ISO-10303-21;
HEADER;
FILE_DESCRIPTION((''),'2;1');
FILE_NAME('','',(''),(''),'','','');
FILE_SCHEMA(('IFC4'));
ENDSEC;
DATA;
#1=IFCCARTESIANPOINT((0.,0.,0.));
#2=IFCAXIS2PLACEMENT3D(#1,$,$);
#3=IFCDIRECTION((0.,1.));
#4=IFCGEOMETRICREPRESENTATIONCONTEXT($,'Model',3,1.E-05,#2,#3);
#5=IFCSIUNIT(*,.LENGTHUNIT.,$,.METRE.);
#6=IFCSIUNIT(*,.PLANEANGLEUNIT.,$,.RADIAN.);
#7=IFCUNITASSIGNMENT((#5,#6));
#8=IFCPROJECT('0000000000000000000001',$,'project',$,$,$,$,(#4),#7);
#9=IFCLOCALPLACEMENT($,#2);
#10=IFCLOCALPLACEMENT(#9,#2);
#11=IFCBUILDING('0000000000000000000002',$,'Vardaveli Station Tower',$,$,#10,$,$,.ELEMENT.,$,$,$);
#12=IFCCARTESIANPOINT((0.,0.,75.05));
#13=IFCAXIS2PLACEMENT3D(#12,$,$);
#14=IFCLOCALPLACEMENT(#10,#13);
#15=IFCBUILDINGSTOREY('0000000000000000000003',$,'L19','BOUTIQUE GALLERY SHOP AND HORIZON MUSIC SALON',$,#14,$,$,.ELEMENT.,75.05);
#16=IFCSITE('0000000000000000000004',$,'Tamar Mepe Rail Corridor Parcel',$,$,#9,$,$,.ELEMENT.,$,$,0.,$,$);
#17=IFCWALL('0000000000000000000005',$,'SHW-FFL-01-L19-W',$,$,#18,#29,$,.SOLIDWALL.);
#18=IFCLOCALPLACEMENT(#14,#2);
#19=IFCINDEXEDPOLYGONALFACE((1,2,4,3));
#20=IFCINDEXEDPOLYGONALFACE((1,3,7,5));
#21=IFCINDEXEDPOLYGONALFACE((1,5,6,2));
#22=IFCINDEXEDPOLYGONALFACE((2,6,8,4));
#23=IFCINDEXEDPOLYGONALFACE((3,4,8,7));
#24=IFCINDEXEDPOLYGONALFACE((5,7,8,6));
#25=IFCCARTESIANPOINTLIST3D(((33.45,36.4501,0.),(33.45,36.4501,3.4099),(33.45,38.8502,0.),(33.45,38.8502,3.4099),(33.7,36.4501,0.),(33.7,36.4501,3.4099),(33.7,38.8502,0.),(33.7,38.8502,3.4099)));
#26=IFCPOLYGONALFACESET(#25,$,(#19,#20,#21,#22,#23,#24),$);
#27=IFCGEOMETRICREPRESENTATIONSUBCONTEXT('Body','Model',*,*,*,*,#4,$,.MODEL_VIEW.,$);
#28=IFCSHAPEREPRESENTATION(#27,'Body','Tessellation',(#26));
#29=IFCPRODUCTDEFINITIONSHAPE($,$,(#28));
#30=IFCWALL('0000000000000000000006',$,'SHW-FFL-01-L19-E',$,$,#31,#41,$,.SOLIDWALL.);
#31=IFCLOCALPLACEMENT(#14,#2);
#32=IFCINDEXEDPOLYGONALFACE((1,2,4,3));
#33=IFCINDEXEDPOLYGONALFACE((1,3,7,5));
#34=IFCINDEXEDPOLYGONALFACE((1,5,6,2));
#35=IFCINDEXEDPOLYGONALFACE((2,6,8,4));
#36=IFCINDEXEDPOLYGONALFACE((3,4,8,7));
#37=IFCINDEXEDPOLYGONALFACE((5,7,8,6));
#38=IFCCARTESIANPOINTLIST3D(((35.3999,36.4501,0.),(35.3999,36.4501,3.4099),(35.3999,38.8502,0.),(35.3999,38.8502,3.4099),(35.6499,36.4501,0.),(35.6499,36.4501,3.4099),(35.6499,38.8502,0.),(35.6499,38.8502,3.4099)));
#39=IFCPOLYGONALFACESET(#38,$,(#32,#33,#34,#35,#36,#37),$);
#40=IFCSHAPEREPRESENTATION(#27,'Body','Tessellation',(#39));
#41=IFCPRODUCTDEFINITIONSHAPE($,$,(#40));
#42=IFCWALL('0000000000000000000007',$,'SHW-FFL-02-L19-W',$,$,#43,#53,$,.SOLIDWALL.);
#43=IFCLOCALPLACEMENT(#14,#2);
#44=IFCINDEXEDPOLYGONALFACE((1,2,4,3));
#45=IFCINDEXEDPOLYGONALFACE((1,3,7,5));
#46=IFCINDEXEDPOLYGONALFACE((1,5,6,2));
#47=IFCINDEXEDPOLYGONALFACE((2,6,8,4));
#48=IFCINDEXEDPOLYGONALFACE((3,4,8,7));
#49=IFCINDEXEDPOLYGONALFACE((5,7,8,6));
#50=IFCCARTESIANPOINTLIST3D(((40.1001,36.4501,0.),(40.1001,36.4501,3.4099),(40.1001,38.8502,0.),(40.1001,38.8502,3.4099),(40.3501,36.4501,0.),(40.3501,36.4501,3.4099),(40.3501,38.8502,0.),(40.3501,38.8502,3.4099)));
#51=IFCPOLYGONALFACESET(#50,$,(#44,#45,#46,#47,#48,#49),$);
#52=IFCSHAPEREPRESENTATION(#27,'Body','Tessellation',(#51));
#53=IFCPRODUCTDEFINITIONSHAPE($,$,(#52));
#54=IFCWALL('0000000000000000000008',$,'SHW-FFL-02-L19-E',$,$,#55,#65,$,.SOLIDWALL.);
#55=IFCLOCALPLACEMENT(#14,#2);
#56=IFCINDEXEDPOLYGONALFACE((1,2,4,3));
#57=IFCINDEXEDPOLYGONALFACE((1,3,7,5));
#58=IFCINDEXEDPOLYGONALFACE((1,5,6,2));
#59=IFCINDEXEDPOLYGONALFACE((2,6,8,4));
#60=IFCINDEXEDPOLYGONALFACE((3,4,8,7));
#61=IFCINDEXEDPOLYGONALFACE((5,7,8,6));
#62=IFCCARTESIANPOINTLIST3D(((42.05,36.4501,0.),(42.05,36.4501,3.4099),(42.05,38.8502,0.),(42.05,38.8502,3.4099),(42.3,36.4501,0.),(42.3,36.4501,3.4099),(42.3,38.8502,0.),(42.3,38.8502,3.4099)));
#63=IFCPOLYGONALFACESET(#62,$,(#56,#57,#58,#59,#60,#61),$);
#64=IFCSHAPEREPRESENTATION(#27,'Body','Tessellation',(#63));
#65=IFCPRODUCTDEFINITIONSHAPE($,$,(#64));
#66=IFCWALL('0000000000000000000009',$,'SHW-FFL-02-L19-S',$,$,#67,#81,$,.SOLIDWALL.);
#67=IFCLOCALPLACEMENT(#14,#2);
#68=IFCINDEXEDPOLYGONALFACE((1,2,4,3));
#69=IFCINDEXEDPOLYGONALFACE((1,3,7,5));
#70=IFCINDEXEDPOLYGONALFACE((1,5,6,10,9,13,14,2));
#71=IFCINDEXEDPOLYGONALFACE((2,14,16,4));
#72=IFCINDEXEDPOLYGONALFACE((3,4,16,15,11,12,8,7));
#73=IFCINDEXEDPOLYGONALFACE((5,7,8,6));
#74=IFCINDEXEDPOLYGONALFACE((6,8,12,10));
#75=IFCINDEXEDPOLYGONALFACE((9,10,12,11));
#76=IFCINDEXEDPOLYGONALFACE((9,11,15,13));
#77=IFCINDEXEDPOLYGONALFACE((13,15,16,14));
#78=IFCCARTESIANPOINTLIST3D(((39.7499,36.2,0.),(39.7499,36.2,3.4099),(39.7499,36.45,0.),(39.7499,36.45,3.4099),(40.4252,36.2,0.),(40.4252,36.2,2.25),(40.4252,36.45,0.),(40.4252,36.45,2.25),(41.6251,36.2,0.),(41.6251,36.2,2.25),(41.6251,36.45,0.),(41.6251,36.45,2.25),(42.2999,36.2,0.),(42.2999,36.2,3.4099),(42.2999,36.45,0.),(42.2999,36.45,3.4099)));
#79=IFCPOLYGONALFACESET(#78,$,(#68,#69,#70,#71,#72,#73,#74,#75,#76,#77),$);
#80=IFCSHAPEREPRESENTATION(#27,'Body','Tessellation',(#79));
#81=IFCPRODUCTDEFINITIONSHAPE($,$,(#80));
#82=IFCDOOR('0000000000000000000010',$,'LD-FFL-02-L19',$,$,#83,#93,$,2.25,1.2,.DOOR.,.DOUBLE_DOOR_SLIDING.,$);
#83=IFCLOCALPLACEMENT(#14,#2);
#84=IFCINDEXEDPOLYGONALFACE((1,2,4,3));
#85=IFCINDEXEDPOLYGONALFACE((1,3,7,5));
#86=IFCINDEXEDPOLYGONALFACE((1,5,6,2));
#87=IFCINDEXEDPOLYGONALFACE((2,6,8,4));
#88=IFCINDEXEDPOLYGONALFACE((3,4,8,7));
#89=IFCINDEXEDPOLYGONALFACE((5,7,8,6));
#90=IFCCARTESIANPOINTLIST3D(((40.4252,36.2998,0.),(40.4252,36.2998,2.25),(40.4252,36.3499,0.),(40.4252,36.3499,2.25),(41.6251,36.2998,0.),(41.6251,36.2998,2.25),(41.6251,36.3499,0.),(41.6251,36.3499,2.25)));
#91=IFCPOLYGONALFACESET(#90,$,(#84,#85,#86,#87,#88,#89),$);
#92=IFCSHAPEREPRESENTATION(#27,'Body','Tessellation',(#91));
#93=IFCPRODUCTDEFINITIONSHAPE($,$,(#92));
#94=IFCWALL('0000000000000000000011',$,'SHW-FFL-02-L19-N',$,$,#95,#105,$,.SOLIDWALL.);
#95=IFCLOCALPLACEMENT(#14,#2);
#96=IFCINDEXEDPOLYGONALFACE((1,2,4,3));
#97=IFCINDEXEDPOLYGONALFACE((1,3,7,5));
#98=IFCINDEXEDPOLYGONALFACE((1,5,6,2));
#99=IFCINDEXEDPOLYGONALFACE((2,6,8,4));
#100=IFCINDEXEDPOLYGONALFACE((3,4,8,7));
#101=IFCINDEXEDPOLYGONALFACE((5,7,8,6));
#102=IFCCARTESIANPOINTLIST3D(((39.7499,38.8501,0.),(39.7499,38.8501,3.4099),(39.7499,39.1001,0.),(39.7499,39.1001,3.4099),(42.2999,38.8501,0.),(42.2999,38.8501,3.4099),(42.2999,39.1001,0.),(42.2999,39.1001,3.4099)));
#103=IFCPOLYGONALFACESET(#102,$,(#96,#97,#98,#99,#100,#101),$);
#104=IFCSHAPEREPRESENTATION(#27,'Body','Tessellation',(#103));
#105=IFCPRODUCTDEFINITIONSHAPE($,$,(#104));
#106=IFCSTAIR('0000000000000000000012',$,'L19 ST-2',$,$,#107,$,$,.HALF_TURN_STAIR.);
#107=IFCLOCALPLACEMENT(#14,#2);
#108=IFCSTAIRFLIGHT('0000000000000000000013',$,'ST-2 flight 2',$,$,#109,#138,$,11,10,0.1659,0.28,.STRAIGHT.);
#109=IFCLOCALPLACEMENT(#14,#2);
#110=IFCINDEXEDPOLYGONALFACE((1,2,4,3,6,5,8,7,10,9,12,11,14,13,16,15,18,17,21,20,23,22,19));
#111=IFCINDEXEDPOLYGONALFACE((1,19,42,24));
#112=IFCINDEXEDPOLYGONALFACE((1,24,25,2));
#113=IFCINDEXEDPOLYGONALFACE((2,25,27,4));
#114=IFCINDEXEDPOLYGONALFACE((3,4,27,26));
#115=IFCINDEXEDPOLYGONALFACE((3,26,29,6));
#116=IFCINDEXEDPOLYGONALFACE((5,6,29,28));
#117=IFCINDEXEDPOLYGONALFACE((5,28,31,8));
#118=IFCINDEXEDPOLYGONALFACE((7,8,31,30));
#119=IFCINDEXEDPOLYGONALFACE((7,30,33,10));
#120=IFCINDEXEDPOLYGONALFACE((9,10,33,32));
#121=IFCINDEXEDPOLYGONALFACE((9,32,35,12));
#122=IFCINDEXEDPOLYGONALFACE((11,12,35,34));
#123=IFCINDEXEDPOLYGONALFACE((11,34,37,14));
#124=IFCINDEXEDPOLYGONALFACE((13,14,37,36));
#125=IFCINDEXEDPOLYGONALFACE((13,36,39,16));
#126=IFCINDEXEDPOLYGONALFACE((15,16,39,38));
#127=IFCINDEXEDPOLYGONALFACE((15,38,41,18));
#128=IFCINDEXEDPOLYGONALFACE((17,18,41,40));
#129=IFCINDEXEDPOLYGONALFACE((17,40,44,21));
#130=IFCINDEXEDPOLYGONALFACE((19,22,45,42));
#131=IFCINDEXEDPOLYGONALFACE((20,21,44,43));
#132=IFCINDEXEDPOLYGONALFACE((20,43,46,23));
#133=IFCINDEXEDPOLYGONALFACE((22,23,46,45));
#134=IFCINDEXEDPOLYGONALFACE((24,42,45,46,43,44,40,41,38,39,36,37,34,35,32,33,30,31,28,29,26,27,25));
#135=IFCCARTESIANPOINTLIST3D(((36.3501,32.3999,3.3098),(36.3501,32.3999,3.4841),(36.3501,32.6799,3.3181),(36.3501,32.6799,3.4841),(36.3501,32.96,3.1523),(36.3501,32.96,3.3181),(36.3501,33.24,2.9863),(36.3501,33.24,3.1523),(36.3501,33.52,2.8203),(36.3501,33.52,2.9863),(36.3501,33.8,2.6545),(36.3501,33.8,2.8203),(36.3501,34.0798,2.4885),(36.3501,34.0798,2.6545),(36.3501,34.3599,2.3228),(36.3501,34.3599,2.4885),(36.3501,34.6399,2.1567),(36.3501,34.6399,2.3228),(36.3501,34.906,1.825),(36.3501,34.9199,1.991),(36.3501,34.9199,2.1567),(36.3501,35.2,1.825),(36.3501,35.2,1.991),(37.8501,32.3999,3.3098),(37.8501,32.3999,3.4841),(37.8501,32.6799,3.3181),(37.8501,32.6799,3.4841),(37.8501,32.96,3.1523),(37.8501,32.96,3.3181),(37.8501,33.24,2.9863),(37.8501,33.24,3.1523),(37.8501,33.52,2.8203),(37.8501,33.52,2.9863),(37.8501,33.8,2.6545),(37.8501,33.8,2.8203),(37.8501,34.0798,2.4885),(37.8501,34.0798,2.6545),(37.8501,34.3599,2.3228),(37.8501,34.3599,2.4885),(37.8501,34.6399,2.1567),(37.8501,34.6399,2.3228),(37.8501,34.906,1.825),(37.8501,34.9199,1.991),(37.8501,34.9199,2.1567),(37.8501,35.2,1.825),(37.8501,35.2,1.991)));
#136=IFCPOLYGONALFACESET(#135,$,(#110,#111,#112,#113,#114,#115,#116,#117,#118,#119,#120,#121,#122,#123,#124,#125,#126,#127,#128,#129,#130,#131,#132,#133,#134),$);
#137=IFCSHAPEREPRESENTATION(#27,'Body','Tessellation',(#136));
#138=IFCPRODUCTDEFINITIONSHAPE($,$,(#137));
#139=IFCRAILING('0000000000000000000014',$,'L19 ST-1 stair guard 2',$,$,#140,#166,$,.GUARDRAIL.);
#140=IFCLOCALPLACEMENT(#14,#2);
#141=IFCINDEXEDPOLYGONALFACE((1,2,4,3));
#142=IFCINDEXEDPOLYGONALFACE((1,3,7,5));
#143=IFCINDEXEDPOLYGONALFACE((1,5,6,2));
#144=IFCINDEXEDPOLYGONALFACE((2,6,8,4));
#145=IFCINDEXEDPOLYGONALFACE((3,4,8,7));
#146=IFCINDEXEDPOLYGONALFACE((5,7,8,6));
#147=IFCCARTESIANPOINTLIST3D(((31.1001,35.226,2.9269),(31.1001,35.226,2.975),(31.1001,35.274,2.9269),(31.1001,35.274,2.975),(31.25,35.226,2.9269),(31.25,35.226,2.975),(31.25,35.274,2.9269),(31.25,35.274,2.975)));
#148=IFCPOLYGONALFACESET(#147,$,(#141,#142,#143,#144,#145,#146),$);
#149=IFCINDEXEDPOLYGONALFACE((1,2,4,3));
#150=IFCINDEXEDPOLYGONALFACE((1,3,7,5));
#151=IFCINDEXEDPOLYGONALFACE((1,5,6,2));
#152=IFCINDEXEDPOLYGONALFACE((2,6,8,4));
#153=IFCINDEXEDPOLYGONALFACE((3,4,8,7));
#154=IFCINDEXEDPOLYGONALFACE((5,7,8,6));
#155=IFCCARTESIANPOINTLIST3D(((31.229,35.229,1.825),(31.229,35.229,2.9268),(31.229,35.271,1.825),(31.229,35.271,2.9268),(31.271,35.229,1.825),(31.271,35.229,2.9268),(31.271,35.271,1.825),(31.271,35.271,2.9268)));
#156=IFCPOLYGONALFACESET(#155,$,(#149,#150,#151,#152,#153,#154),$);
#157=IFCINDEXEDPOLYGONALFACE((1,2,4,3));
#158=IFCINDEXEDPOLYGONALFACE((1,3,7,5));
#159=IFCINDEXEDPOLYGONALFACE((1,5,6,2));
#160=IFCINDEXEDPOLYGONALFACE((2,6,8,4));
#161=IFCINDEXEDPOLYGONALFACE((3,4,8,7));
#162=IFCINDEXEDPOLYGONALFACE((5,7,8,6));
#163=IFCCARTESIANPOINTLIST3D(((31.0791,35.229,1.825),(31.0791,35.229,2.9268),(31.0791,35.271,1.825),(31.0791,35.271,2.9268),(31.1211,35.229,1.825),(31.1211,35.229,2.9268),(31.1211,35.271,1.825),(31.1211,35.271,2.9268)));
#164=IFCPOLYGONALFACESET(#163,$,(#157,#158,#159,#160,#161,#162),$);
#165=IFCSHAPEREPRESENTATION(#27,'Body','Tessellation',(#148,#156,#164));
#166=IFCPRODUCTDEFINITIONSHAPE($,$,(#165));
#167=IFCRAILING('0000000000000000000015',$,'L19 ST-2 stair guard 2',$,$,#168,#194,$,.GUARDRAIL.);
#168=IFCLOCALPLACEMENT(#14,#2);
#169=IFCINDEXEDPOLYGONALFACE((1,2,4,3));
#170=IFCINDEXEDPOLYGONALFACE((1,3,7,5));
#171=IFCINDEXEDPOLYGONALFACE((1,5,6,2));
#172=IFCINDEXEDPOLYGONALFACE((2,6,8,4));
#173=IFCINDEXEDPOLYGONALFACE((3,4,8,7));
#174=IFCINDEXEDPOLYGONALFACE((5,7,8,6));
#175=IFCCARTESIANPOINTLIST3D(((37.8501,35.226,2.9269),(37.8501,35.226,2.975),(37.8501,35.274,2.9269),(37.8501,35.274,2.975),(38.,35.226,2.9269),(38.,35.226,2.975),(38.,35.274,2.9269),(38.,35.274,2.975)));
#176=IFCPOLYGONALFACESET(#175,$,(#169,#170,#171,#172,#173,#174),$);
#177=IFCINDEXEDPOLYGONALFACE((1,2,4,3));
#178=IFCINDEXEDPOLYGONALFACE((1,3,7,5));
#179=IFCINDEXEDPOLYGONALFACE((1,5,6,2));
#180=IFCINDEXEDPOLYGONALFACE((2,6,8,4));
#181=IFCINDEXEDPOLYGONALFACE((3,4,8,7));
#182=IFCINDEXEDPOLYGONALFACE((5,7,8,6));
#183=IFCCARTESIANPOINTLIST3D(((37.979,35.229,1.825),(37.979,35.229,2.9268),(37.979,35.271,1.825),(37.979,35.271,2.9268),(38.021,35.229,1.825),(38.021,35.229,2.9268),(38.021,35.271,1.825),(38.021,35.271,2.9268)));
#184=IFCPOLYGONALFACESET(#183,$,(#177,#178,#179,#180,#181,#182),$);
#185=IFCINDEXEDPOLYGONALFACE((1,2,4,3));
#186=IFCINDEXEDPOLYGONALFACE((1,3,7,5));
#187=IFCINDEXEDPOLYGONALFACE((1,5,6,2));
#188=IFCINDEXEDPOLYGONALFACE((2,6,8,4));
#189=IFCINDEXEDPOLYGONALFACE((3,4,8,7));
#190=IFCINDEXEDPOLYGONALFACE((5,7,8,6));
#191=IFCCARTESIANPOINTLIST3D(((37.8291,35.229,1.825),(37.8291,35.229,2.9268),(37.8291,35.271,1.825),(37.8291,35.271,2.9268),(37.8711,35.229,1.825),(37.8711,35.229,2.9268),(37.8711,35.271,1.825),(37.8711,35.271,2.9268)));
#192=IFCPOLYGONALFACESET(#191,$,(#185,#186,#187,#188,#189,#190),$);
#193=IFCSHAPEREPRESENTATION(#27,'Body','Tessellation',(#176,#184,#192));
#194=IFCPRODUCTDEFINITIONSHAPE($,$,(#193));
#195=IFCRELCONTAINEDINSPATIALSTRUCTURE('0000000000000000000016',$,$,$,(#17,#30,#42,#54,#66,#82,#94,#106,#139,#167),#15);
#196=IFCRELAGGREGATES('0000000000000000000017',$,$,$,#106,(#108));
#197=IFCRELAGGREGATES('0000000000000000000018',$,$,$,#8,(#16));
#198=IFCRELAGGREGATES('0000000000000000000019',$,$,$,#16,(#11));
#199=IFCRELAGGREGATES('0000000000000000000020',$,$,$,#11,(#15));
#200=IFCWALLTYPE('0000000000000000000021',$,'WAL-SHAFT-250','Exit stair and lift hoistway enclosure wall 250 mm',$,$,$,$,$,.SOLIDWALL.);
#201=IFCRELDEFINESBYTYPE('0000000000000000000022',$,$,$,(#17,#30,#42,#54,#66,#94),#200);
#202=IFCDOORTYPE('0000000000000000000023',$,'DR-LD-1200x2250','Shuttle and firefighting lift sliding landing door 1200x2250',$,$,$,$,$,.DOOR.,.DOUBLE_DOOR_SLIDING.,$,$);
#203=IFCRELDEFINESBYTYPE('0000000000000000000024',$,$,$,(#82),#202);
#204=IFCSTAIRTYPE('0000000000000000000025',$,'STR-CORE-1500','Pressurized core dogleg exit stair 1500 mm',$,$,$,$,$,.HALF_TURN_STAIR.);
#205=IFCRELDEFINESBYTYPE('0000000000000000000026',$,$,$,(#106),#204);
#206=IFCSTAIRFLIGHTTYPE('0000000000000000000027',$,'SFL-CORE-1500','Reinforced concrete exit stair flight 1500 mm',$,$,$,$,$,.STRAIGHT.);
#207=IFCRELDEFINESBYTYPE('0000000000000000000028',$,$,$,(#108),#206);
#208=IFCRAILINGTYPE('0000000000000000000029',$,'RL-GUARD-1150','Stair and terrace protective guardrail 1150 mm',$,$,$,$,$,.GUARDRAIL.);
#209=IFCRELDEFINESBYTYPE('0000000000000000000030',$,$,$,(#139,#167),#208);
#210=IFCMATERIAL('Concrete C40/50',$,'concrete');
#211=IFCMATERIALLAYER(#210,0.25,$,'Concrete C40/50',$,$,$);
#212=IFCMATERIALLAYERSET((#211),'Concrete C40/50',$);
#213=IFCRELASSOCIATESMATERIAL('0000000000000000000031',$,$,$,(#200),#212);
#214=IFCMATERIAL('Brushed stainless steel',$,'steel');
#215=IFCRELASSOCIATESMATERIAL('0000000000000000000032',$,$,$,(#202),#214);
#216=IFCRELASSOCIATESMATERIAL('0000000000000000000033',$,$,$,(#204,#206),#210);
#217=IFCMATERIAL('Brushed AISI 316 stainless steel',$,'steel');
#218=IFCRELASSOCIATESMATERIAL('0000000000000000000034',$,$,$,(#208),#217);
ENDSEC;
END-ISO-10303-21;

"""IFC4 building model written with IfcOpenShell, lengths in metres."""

from ifc_helpers import new_model, si_unit, direction, frame, frame_2d, origin, origin_2d, place, context, subcontext, project, spatial, polyline, rectangle, outline, extrude, source, transform, mapped, material, layer, layer_set, type_object, element, fill, aggregate, save


model = new_model("IFC4")

# Units and contexts
model_context = context("Model", 3, precision=1e-05, world=origin(), true_north=direction((0.0, 1.0)))
body_context = subcontext(model_context, "Body", "Model", "MODEL_VIEW")
ifc_project = project(units=[si_unit("LENGTHUNIT", "METRE"), si_unit("PLANEANGLEUNIT", "RADIAN")], contexts=[model_context])

# Site, building, storey
site_placement = place(None, origin())
site = spatial("IfcSite", under=ifc_project, at=site_placement, Name="Tamar Mepe Rail Corridor Parcel", CompositionType="ELEMENT", RefElevation=0.0)
building_placement = place(site_placement, origin())
building = spatial("IfcBuilding", under=site, at=building_placement, Name="Vardaveli Station Tower", CompositionType="ELEMENT")
storey_placement = place(building_placement, frame((0.0, 0.0, 75.05)))
storey = spatial("IfcBuildingStorey", under=building, at=storey_placement, Name="L19", Description="BOUTIQUE GALLERY SHOP AND HORIZON MUSIC SALON", CompositionType="ELEMENT", Elevation=75.05)

# Shared definitions
ifc_material_1 = material(Name="Concrete C40/50", Category="concrete")
ifc_layer_1 = layer(ifc_material_1, 0.25, Name="Concrete C40/50")
ifc_layer_set_1 = layer_set([ifc_layer_1], Name="Concrete C40/50")
wall_type_1 = type_object("IfcWallType", Name="WAL-SHAFT-250", Description="Exit stair and lift hoistway enclosure wall 250 mm", PredefinedType="SOLIDWALL", material=ifc_layer_set_1)

# Shared definitions
shared_shape_1 = source(origin(), body_context, "Body", "SweptSolid", [
    extrude(rectangle(XDim=1.2, YDim=2.25, at=frame_2d((0.6001, 1.125))), frame((0.0, 0.135, 0.0), z_axis=(0.0, -1.0, 0.0), x_axis=(1.0, 0.0, 0.0)), (0.0, 0.0, 1.0), 0.27),
])
ifc_material_2 = material(Name="Brushed stainless steel", Category="steel")
door_type = type_object("IfcDoorType", Name="DR-LD-1200x2250", Description="Shuttle and firefighting lift sliding landing door 1200x2250", OperationType="DOUBLE_DOOR_SLIDING", PredefinedType="DOOR", material=ifc_material_2)
shared_shape_2 = source(origin(), body_context, "Body", "SweptSolid", [
    extrude(rectangle(XDim=1.2, YDim=2.25, at=frame_2d((0.6001, 1.125))), frame((0.0, 0.0249, 0.0), z_axis=(0.0, -1.0, 0.0), x_axis=(1.0, 0.0, 0.0)), (0.0, 0.0, 1.0), 0.05),
])

# Walls
shared_shape_3 = source(origin(), body_context, "Body", "SweptSolid", [
    extrude(rectangle(XDim=2.4001, YDim=0.25, at=frame_2d((1.2002, 0.0))), origin(), (0.0, 0.0, 1.0), 3.4099),
])
for number, where, z_axis, x_axis, name in (
    (1, (33.575, 36.45, 0.0), (0.0, 0.0, 1.0), (0.0, 1.0, 0.0), "SHW-FFL-01-L19-W"),
    (2, (35.5249, 36.45, 0.0), (0.0, 0.0, 1.0), (0.0, 1.0, 0.0), "SHW-FFL-01-L19-E"),
    (3, (40.2251, 36.45, 0.0), (0.0, 0.0, 1.0), (0.0, 1.0, 0.0), "SHW-FFL-02-L19-W"),
    (4, (42.175, 36.45, 0.0), (0.0, 0.0, 1.0), (0.0, 1.0, 0.0), "SHW-FFL-02-L19-E"),
):
    element("IfcWall", number, at=place(storey_placement, frame(where, z_axis=z_axis, x_axis=x_axis)), inside=storey, type_object=wall_type_1, Name=name, PredefinedType="SOLIDWALL", context=body_context, shape_type="MappedRepresentation", body=[
        mapped(shared_shape_3, transform((0.0, 0.0, 0.0), scale=1.0)),
    ])

# Wall, opening, door
shared_shape_4 = source(origin(), body_context, "Body", "SweptSolid", [
    extrude(rectangle(XDim=2.55, YDim=0.25, at=frame_2d((1.2749, 0.0))), origin(), (0.0, 0.0, 1.0), 3.4099),
])
wall_1_placement = place(storey_placement, frame((39.75, 36.325, 0.0), z_axis=(0.0, 0.0, 1.0), x_axis=(1.0, 0.0, 0.0)))
wall_1 = element("IfcWall", 5, at=wall_1_placement, inside=storey, type_object=wall_type_1, Name="SHW-FFL-02-L19-S", PredefinedType="SOLIDWALL", context=body_context, shape_type="MappedRepresentation", body=[
    mapped(shared_shape_4, transform((0.0, 0.0, 0.0), scale=1.0)),
])
opening_1_placement = place(wall_1_placement, frame((0.675, 0.0, 0.0)))
opening_1 = element("IfcOpeningElement", 6, at=opening_1_placement, cuts=wall_1, PredefinedType="OPENING", context=body_context, shape_type="MappedRepresentation", body=[
    mapped(shared_shape_1, transform((0.0, 0.0, 0.0), scale=1.0)),
])
door_1_placement = place(opening_1_placement, origin())
door_1 = element("IfcDoor", 7, at=door_1_placement, inside=storey, type_object=door_type, Name="LD-FFL-02-L19", OperationType="DOUBLE_DOOR_SLIDING", OverallHeight=2.25, OverallWidth=1.2, PredefinedType="DOOR", context=body_context, shape_type="MappedRepresentation", body=[
    mapped(shared_shape_2, transform((0.0, 0.0, 0.0), scale=1.0)),
])
fill(opening_1, door_1)

# Wall
wall_2_placement = place(storey_placement, frame((39.75, 38.9751, 0.0), z_axis=(0.0, 0.0, 1.0), x_axis=(1.0, 0.0, 0.0)))
element("IfcWall", 8, at=wall_2_placement, inside=storey, type_object=wall_type_1, Name="SHW-FFL-02-L19-N", PredefinedType="SOLIDWALL", context=body_context, shape_type="MappedRepresentation", body=[
    mapped(shared_shape_4, transform((0.0, 0.0, 0.0), scale=1.0)),
])

# Stair, stair flight
stair_type = type_object("IfcStairType", Name="STR-CORE-1500", Description="Pressurized core dogleg exit stair 1500 mm", PredefinedType="HALF_TURN_STAIR", material=ifc_material_1)
stair_placement = place(storey_placement, origin())
stair = element("IfcStair", 9, at=stair_placement, inside=storey, type_object=stair_type, Name="L19 ST-2", PredefinedType="HALF_TURN_STAIR")
stair_flight_type = type_object("IfcStairFlightType", Name="SFL-CORE-1500", Description="Reinforced concrete exit stair flight 1500 mm", PredefinedType="STRAIGHT", material=ifc_material_1)
shared_shape_5 = source(origin(), body_context, "Body", "SweptSolid", [
    extrude(outline(polyline([(0.0, 0.0), (0.0, 0.166), (0.28, 0.166), (0.28, 0.3318), (0.5601, 0.3318), (0.5601, 0.4978), (0.8401, 0.4978), (0.8401, 0.6636), (1.1201, 0.6636), (1.1201, 0.8296), (1.3999, 0.8296), (1.3999, 0.9954), (1.6799, 0.9954), (1.6799, 1.1614), (1.96, 1.1614), (1.96, 1.3274), (2.24, 1.3274), (2.24, 1.4932), (2.52, 1.4932), (2.52, 1.6592), (2.8, 1.6592), (2.8, 1.825), (2.8, 1.4849), (0.2939, 0.0), (0.0, 0.0)])), frame((0.0, 0.75, 0.0), z_axis=(0.0, -1.0, 0.0), x_axis=(1.0, 0.0, 0.0)), (0.0, 0.0, 1.0), 1.5),
])
stair_flight_placement = place(storey_placement, frame((37.1001, 35.2, 1.825), z_axis=(0.0, 0.0, 1.0), x_axis=(0.0, -1.0, 0.0)))
stair_flight = element("IfcStairFlight", 10, at=stair_flight_placement, type_object=stair_flight_type, Name="ST-2 flight 2", NumberOfRisers=11, NumberOfTreads=10, PredefinedType="STRAIGHT", RiserHeight=0.1659, TreadLength=0.28, context=body_context, shape_type="MappedRepresentation", body=[
    mapped(shared_shape_5, transform((0.0, 0.0, 0.0), scale=1.0)),
])
aggregate(stair, [stair_flight])

# Railings
ifc_material_3 = material(Name="Brushed AISI 316 stainless steel", Category="steel")
railing_type_1 = type_object("IfcRailingType", Name="RL-GUARD-1150", Description="Stair and terrace protective guardrail 1150 mm", PredefinedType="GUARDRAIL", material=ifc_material_3)
shared_shape_6 = source(origin(), body_context, "Body", "SweptSolid", [
    extrude(rectangle(XDim=0.0481, YDim=0.0481, at=origin_2d()), frame((0.0, 0.0, 1.126), z_axis=(-1.0, 0.0, 0.0), x_axis=(0.0, -1.0, 0.0)), (0.0, 0.0, 1.0), 0.1499),
    extrude(rectangle(XDim=0.042, YDim=0.042, at=origin_2d()), origin(), (0.0, 0.0, 1.0), 1.1018),
    extrude(rectangle(XDim=0.042, YDim=0.042, at=origin_2d()), frame((-0.1499, 0.0, 0.0)), (0.0, 0.0, 1.0), 1.1018),
])
for number, where, name in (
    (11, (31.25, 35.25, 1.825), "L19 ST-1 stair guard 2"),
    (12, (38.0, 35.25, 1.825), "L19 ST-2 stair guard 2"),
):
    element("IfcRailing", number, at=place(storey_placement, frame(where)), inside=storey, type_object=railing_type_1, Name=name, PredefinedType="GUARDRAIL", context=body_context, shape_type="MappedRepresentation", body=[
        mapped(shared_shape_6, transform((0.0, 0.0, 0.0), scale=1.0)),
    ])

save(model, "model.ifc")
